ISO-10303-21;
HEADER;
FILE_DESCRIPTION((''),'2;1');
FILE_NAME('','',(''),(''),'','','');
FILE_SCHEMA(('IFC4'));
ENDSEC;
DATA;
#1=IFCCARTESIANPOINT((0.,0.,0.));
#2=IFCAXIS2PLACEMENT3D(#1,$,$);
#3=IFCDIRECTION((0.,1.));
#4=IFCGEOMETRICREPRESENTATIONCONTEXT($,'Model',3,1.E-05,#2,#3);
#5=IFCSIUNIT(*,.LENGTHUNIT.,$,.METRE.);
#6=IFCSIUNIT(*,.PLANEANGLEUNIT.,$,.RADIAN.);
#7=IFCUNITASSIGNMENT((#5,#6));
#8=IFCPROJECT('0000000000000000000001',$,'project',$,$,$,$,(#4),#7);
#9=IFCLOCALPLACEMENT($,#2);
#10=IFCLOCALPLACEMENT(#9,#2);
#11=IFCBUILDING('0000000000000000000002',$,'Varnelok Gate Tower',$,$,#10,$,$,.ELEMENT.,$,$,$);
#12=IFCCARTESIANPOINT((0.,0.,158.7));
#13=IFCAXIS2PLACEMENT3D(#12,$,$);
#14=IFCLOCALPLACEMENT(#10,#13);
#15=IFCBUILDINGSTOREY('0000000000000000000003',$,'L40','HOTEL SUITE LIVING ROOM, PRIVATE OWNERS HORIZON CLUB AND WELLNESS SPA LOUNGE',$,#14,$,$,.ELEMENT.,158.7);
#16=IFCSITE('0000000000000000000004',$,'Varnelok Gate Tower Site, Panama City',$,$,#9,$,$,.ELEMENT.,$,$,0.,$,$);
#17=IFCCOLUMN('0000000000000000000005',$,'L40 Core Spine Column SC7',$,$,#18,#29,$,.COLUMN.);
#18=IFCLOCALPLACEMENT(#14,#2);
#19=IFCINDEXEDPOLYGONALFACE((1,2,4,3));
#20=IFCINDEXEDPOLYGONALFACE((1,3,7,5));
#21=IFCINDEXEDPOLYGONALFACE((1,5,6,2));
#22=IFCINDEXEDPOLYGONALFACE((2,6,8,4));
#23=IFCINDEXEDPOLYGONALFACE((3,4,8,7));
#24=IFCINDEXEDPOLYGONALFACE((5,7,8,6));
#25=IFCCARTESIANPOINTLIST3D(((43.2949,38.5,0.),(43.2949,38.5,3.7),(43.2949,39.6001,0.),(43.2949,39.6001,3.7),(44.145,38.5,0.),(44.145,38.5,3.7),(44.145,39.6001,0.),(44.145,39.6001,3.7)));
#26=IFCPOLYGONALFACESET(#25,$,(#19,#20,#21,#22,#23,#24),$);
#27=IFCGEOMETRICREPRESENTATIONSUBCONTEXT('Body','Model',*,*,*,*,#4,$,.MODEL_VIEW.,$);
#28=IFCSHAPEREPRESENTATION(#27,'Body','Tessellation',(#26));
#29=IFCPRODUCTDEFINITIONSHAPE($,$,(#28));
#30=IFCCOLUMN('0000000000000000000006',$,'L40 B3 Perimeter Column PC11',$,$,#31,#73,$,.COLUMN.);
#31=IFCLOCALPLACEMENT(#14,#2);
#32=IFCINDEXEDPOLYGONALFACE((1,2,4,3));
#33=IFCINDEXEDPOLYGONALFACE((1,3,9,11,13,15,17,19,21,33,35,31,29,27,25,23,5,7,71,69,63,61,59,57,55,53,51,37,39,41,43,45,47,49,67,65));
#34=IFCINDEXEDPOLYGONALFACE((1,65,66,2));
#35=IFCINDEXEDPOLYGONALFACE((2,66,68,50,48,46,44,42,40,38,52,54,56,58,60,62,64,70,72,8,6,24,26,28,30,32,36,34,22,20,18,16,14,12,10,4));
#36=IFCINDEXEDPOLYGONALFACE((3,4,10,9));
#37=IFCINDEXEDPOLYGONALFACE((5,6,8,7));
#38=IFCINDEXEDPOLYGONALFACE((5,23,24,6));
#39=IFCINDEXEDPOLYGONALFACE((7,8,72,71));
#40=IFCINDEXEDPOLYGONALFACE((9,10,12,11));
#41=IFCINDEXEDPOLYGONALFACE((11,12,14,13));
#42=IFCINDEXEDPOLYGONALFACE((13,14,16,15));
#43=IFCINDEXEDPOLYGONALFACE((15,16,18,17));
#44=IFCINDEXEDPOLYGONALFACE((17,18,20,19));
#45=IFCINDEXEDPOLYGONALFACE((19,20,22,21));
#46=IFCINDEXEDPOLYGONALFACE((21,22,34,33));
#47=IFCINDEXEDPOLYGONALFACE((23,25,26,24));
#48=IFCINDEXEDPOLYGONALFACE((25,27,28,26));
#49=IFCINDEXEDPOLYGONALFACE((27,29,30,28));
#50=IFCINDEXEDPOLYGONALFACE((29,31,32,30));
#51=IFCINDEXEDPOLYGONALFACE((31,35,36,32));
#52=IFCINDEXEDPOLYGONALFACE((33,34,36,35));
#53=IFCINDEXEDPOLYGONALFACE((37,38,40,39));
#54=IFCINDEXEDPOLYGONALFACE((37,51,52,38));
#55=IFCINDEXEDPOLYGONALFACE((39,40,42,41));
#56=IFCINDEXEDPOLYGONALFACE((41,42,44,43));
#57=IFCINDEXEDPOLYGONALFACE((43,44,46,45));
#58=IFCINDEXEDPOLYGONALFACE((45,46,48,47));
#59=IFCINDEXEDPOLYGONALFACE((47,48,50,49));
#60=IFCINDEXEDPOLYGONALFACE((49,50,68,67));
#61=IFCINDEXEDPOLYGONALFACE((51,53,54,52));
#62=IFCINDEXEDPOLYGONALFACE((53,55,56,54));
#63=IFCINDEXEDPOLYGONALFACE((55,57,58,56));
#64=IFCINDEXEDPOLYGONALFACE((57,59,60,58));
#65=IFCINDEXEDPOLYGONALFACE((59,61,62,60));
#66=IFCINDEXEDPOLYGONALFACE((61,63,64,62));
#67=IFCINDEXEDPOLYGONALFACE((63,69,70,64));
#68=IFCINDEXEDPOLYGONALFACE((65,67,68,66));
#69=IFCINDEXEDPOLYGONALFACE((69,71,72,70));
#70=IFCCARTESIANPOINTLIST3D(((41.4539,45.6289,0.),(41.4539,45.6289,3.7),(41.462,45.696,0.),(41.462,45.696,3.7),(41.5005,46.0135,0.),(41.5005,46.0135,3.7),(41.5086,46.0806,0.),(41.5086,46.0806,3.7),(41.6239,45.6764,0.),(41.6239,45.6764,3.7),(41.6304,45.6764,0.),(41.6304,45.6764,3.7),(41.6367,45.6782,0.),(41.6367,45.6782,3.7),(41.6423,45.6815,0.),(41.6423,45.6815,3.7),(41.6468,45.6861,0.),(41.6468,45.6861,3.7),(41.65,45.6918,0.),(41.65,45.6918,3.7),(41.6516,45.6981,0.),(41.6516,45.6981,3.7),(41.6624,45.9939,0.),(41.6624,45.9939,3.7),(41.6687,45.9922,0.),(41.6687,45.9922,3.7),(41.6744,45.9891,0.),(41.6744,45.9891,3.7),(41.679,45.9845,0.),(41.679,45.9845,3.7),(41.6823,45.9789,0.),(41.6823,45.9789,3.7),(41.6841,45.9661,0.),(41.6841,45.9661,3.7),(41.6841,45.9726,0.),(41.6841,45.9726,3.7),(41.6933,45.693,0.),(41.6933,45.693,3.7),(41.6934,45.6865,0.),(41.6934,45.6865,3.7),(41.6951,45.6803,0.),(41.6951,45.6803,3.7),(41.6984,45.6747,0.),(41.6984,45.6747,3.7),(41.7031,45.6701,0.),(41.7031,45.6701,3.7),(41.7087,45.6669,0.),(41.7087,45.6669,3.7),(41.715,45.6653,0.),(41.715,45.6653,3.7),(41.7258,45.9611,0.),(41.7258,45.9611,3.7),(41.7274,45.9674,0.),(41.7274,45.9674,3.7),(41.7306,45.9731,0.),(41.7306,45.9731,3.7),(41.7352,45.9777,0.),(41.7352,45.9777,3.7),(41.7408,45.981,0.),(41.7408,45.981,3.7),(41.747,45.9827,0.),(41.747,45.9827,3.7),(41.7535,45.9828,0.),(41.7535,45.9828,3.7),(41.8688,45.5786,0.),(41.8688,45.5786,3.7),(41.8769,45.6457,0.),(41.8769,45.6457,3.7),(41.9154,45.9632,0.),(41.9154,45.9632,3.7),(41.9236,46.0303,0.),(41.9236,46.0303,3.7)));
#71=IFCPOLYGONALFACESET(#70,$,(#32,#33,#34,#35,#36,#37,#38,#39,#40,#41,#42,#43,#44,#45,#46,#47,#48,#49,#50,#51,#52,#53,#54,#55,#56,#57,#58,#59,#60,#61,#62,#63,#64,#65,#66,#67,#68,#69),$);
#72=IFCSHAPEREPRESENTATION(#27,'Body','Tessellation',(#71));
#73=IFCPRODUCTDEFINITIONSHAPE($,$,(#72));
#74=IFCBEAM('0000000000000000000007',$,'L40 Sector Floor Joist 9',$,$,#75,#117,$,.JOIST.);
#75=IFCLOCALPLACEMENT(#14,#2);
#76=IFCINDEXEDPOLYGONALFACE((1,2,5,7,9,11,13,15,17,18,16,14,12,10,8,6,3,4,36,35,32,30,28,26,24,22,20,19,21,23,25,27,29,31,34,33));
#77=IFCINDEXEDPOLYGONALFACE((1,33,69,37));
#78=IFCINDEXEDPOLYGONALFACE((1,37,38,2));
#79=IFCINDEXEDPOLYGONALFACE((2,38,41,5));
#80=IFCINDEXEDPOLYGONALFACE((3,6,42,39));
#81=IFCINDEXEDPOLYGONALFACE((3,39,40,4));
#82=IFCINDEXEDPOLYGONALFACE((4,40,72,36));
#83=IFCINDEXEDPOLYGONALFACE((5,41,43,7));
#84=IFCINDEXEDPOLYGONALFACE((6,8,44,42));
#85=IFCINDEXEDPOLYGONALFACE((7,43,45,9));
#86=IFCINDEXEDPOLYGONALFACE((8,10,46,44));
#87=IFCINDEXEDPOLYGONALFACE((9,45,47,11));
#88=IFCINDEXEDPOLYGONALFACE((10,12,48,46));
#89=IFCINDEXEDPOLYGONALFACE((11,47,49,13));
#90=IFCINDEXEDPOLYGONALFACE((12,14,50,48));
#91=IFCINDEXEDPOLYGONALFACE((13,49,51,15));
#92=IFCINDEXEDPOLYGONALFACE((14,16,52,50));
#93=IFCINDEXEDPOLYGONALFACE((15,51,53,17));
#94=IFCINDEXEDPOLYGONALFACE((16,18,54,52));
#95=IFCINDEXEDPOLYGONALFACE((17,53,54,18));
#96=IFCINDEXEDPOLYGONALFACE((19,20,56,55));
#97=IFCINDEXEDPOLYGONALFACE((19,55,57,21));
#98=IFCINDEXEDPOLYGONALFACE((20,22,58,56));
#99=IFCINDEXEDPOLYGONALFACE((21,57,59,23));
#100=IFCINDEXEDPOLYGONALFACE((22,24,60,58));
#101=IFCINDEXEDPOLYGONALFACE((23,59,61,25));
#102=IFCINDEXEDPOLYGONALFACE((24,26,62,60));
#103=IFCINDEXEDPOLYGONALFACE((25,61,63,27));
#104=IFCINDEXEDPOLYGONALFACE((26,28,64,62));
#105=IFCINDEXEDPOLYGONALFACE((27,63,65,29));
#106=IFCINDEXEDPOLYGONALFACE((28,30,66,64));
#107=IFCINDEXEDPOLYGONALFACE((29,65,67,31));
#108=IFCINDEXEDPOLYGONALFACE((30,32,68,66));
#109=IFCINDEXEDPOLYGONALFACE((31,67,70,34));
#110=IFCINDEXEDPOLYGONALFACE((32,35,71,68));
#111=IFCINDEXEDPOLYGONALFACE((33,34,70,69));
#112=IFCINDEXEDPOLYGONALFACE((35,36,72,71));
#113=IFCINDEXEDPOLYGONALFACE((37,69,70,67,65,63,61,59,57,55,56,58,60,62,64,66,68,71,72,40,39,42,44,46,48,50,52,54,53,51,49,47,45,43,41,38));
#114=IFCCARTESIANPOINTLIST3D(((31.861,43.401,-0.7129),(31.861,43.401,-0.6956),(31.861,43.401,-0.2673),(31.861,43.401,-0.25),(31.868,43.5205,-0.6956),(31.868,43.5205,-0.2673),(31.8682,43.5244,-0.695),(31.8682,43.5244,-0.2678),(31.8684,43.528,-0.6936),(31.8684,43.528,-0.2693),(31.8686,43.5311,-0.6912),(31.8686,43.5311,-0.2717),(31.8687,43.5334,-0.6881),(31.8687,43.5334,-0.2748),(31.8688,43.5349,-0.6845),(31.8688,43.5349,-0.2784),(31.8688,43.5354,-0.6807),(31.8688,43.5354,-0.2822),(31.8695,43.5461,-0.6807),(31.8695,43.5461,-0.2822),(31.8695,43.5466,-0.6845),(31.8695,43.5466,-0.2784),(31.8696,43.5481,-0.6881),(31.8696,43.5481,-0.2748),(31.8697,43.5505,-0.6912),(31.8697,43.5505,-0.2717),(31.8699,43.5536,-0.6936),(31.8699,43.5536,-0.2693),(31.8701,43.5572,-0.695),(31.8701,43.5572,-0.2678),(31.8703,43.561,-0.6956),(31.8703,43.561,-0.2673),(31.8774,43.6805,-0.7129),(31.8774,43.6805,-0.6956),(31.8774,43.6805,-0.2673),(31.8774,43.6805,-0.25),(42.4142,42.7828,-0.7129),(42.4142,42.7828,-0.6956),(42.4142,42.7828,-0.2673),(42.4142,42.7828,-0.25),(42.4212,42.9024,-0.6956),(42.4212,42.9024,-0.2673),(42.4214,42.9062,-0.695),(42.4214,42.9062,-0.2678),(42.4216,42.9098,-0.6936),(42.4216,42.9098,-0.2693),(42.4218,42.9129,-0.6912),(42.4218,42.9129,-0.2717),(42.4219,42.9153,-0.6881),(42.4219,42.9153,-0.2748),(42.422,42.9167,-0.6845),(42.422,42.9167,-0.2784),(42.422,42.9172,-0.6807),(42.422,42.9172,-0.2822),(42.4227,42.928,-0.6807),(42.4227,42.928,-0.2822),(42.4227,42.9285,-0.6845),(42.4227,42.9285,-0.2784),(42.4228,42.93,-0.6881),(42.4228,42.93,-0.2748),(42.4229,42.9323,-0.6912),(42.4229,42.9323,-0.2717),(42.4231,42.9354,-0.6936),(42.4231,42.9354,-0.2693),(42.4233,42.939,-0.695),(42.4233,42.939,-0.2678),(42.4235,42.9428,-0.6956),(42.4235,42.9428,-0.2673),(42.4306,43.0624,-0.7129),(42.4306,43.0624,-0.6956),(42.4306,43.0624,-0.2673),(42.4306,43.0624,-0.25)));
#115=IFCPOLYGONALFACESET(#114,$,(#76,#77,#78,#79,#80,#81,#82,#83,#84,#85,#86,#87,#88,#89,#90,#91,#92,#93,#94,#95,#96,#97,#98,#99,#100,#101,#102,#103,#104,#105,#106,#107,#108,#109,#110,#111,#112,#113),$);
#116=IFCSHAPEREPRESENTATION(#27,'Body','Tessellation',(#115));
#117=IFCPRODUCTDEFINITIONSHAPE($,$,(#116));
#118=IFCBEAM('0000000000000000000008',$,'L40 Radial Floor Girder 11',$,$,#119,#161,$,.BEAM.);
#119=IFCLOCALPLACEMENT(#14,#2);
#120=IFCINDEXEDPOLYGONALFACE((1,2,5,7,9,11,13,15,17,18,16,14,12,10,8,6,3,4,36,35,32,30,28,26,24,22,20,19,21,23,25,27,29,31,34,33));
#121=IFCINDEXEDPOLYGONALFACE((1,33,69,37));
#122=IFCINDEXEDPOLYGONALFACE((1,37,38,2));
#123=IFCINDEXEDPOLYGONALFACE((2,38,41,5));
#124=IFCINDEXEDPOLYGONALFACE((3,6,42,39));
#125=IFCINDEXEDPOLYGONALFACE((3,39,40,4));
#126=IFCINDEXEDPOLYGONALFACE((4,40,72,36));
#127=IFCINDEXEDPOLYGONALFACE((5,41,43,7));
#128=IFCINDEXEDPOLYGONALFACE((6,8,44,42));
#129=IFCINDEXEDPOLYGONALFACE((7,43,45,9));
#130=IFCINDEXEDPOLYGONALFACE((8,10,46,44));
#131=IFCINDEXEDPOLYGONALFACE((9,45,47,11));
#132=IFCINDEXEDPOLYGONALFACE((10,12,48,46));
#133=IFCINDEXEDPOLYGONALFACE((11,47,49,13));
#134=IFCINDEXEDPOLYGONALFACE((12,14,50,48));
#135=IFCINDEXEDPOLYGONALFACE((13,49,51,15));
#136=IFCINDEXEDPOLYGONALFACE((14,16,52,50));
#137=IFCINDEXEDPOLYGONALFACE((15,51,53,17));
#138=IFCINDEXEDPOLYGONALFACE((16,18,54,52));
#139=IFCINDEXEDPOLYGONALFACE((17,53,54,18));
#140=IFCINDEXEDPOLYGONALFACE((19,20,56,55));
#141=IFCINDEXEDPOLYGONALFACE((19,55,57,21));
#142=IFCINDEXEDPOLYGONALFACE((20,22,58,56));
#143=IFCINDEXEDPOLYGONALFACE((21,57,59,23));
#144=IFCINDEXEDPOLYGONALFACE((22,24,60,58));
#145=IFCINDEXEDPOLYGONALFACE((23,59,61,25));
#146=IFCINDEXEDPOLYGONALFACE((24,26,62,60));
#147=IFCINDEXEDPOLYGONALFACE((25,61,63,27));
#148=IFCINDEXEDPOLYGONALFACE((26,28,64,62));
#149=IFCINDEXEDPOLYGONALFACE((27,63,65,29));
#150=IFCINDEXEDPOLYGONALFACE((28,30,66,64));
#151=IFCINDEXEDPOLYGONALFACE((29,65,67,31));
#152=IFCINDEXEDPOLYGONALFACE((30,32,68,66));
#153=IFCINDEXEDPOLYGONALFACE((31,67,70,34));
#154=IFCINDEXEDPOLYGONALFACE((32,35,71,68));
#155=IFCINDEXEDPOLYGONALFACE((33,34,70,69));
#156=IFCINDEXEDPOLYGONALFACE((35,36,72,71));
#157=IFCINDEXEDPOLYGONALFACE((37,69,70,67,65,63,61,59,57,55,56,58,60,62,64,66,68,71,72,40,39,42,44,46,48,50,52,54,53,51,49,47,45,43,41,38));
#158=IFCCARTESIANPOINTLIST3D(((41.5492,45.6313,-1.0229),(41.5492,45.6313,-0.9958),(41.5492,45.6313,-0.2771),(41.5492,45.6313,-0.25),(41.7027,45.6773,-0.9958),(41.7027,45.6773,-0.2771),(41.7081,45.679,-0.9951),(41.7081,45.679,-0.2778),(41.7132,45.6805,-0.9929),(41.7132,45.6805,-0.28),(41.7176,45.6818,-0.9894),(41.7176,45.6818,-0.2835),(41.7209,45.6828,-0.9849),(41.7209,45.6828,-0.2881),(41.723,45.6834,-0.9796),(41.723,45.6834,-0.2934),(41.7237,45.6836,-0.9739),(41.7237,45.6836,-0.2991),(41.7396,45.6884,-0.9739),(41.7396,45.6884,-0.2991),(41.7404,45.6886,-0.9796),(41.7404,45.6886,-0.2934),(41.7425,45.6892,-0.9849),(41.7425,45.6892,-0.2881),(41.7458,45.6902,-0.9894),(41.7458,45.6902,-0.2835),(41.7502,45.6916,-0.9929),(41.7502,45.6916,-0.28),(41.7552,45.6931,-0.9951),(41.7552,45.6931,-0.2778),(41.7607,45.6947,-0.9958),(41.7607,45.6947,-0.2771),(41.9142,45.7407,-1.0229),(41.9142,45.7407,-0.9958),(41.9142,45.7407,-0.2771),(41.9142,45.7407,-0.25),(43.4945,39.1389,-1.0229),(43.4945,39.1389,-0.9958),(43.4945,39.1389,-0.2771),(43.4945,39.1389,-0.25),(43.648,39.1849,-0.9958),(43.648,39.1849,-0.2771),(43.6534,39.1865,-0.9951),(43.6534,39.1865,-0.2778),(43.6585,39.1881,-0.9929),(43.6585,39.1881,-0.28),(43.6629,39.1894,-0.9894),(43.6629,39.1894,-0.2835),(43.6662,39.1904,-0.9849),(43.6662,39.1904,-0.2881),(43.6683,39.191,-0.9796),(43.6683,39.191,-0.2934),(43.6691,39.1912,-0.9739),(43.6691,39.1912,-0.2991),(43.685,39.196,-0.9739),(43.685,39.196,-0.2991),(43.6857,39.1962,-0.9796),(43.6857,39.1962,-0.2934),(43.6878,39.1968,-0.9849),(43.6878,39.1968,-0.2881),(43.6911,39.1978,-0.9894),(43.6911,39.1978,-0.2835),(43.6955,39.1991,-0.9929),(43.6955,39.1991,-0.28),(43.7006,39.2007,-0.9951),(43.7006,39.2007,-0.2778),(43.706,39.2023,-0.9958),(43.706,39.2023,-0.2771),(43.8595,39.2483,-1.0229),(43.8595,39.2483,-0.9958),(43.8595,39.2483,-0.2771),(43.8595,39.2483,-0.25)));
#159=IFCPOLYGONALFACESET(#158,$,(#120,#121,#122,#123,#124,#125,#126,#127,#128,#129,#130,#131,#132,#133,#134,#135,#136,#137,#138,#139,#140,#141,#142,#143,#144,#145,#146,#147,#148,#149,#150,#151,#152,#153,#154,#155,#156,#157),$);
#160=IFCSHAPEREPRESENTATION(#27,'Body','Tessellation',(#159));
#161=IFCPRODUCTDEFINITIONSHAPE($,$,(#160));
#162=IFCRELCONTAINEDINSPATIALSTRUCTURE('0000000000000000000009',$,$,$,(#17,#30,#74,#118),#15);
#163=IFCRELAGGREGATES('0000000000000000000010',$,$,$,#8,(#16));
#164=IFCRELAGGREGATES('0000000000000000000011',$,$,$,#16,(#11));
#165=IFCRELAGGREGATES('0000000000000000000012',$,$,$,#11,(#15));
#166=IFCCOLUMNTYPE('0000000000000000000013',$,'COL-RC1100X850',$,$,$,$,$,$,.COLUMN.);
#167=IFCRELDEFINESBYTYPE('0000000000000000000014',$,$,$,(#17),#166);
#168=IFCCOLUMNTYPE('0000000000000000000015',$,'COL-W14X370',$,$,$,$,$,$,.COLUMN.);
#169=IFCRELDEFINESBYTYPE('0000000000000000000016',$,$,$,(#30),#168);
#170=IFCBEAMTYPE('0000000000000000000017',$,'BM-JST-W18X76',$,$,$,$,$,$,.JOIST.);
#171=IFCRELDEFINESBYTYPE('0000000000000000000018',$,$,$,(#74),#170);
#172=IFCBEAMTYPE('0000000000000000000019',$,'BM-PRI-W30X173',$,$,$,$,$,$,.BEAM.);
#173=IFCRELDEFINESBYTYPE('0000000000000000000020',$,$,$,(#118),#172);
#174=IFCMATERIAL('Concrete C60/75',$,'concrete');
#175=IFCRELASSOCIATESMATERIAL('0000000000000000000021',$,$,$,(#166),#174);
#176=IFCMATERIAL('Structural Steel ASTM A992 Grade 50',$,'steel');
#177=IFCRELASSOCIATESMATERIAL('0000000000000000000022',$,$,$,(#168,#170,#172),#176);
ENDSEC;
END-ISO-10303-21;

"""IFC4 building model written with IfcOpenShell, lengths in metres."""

from ifc_helpers import new_model, si_unit, direction, frame, origin, origin_2d, place, context, subcontext, project, spatial, rectangle, i_section, extrude, material, material_profile, profile_set, type_object, element, save


model = new_model("IFC4")

# Units and contexts
model_context = context("Model", 3, precision=1e-05, world=origin(), true_north=direction((0.0, 1.0)))
body_context = subcontext(model_context, "Body", "Model", "MODEL_VIEW")
ifc_project = project(units=[si_unit("LENGTHUNIT", "METRE"), si_unit("PLANEANGLEUNIT", "RADIAN")], contexts=[model_context])

# Site, building, storey
site_placement = place(None, origin())
site = spatial("IfcSite", under=ifc_project, at=site_placement, Name="Varnelok Gate Tower Site, Panama City", CompositionType="ELEMENT", RefElevation=0.0)
building_placement = place(site_placement, origin())
building = spatial("IfcBuilding", under=site, at=building_placement, Name="Varnelok Gate Tower", CompositionType="ELEMENT")
storey_placement = place(building_placement, frame((0.0, 0.0, 158.7)))
storey = spatial("IfcBuildingStorey", under=building, at=storey_placement, Name="L40", Description="HOTEL SUITE LIVING ROOM, PRIVATE OWNERS HORIZON CLUB AND WELLNESS SPA LOUNGE", CompositionType="ELEMENT", Elevation=158.7)

# Columns
ifc_material_1 = material(Name="Concrete C60/75", Category="concrete")
ifc_material_profile_1 = material_profile(ifc_material_1, rectangle(XDim=0.8501, YDim=1.1001, at=origin_2d()), Name="RC1100X850")
ifc_profile_set_1 = profile_set([ifc_material_profile_1], Name="Concrete C60/75")
column_type_1 = type_object("IfcColumnType", Name="COL-RC1100X850", PredefinedType="COLUMN", material=ifc_profile_set_1)
column_1_placement = place(storey_placement, frame((43.72, 39.05, 0.0), z_axis=(0.0, 0.0, 1.0), x_axis=(1.0, 0.0, 0.0)))
element("IfcColumn", 1, at=column_1_placement, inside=storey, type_object=column_type_1, Name="L40 Core Spine Column SC7", PredefinedType="COLUMN", context=body_context, shape_type="SweptSolid", body=[
    extrude(rectangle(XDim=0.8501, YDim=1.1001, at=origin_2d()), origin(), (0.0, 0.0, 1.0), 3.7),
])
ifc_material_2 = material(Name="Structural Steel ASTM A992 Grade 50", Category="steel")
ifc_material_profile_2 = material_profile(ifc_material_2, i_section(OverallWidth=0.418, OverallDepth=0.4551, WebThickness=0.042, FlangeThickness=0.0676, FilletRadius=0.0249, at=origin_2d()), Name="W14X370")
ifc_profile_set_2 = profile_set([ifc_material_profile_2], Name="Structural Steel ASTM A992 Grade 50")
column_type_2 = type_object("IfcColumnType", Name="COL-W14X370", PredefinedType="COLUMN", material=ifc_profile_set_2)
column_2_placement = place(storey_placement, frame((41.6887, 45.8296, 0.0), z_axis=(0.0, 0.0, 1.0), x_axis=(0.992732, -0.120345, 0.0)))
element("IfcColumn", 2, at=column_2_placement, inside=storey, type_object=column_type_2, Name="L40 B3 Perimeter Column PC11", PredefinedType="COLUMN", context=body_context, shape_type="SweptSolid", body=[
    extrude(i_section(OverallWidth=0.418, OverallDepth=0.4551, WebThickness=0.042, FlangeThickness=0.0676, FilletRadius=0.0249, at=origin_2d()), origin(), (0.0, 0.0, 1.0), 3.7),
])

# Beams
ifc_material_profile_3 = material_profile(ifc_material_2, i_section(OverallWidth=0.28, OverallDepth=0.4629, WebThickness=0.0107, FlangeThickness=0.0173, FilletRadius=0.0149, at=origin_2d()), Name="W18X76")
ifc_profile_set_3 = profile_set([ifc_material_profile_3], Name="Structural Steel ASTM A992 Grade 50")
beam_type_1 = type_object("IfcBeamType", Name="BM-JST-W18X76", PredefinedType="JOIST", material=ifc_profile_set_3)
beam_1_placement = place(storey_placement, frame((42.4224, 42.9226, -0.4814), z_axis=(-0.998289, 0.058476, 0.0), x_axis=(-0.058476, -0.998289, 0.0)))
element("IfcBeam", 3, at=beam_1_placement, inside=storey, type_object=beam_type_1, Name="L40 Sector Floor Joist 9", PredefinedType="JOIST", context=body_context, shape_type="SweptSolid", body=[
    extrude(i_section(OverallWidth=0.28, OverallDepth=0.4629, WebThickness=0.0107, FlangeThickness=0.0173, FilletRadius=0.0149, at=origin_2d()), origin(), (0.0, 0.0, 1.0), 10.5713),
])
ifc_material_profile_4 = material_profile(ifc_material_2, i_section(OverallWidth=0.3811, OverallDepth=0.7729, WebThickness=0.0166, FlangeThickness=0.0271, FilletRadius=0.022, at=origin_2d()), Name="W30X173")
ifc_profile_set_4 = profile_set([ifc_material_profile_4], Name="Structural Steel ASTM A992 Grade 50")
beam_type_2 = type_object("IfcBeamType", Name="BM-PRI-W30X173", PredefinedType="BEAM", material=ifc_profile_set_4)
beam_2_placement = place(storey_placement, frame((43.677, 39.1936, -0.6365), z_axis=(-0.287021, 0.957924, 0.0), x_axis=(-0.957924, -0.287021, 0.0)))
element("IfcBeam", 4, at=beam_2_placement, inside=storey, type_object=beam_type_2, Name="L40 Radial Floor Girder 11", PredefinedType="BEAM", context=body_context, shape_type="SweptSolid", body=[
    extrude(i_section(OverallWidth=0.3811, OverallDepth=0.7729, WebThickness=0.0166, FlangeThickness=0.0271, FilletRadius=0.022, at=origin_2d()), origin(), (0.0, 0.0, 1.0), 6.7776),
])

save(model, "model.ifc")
